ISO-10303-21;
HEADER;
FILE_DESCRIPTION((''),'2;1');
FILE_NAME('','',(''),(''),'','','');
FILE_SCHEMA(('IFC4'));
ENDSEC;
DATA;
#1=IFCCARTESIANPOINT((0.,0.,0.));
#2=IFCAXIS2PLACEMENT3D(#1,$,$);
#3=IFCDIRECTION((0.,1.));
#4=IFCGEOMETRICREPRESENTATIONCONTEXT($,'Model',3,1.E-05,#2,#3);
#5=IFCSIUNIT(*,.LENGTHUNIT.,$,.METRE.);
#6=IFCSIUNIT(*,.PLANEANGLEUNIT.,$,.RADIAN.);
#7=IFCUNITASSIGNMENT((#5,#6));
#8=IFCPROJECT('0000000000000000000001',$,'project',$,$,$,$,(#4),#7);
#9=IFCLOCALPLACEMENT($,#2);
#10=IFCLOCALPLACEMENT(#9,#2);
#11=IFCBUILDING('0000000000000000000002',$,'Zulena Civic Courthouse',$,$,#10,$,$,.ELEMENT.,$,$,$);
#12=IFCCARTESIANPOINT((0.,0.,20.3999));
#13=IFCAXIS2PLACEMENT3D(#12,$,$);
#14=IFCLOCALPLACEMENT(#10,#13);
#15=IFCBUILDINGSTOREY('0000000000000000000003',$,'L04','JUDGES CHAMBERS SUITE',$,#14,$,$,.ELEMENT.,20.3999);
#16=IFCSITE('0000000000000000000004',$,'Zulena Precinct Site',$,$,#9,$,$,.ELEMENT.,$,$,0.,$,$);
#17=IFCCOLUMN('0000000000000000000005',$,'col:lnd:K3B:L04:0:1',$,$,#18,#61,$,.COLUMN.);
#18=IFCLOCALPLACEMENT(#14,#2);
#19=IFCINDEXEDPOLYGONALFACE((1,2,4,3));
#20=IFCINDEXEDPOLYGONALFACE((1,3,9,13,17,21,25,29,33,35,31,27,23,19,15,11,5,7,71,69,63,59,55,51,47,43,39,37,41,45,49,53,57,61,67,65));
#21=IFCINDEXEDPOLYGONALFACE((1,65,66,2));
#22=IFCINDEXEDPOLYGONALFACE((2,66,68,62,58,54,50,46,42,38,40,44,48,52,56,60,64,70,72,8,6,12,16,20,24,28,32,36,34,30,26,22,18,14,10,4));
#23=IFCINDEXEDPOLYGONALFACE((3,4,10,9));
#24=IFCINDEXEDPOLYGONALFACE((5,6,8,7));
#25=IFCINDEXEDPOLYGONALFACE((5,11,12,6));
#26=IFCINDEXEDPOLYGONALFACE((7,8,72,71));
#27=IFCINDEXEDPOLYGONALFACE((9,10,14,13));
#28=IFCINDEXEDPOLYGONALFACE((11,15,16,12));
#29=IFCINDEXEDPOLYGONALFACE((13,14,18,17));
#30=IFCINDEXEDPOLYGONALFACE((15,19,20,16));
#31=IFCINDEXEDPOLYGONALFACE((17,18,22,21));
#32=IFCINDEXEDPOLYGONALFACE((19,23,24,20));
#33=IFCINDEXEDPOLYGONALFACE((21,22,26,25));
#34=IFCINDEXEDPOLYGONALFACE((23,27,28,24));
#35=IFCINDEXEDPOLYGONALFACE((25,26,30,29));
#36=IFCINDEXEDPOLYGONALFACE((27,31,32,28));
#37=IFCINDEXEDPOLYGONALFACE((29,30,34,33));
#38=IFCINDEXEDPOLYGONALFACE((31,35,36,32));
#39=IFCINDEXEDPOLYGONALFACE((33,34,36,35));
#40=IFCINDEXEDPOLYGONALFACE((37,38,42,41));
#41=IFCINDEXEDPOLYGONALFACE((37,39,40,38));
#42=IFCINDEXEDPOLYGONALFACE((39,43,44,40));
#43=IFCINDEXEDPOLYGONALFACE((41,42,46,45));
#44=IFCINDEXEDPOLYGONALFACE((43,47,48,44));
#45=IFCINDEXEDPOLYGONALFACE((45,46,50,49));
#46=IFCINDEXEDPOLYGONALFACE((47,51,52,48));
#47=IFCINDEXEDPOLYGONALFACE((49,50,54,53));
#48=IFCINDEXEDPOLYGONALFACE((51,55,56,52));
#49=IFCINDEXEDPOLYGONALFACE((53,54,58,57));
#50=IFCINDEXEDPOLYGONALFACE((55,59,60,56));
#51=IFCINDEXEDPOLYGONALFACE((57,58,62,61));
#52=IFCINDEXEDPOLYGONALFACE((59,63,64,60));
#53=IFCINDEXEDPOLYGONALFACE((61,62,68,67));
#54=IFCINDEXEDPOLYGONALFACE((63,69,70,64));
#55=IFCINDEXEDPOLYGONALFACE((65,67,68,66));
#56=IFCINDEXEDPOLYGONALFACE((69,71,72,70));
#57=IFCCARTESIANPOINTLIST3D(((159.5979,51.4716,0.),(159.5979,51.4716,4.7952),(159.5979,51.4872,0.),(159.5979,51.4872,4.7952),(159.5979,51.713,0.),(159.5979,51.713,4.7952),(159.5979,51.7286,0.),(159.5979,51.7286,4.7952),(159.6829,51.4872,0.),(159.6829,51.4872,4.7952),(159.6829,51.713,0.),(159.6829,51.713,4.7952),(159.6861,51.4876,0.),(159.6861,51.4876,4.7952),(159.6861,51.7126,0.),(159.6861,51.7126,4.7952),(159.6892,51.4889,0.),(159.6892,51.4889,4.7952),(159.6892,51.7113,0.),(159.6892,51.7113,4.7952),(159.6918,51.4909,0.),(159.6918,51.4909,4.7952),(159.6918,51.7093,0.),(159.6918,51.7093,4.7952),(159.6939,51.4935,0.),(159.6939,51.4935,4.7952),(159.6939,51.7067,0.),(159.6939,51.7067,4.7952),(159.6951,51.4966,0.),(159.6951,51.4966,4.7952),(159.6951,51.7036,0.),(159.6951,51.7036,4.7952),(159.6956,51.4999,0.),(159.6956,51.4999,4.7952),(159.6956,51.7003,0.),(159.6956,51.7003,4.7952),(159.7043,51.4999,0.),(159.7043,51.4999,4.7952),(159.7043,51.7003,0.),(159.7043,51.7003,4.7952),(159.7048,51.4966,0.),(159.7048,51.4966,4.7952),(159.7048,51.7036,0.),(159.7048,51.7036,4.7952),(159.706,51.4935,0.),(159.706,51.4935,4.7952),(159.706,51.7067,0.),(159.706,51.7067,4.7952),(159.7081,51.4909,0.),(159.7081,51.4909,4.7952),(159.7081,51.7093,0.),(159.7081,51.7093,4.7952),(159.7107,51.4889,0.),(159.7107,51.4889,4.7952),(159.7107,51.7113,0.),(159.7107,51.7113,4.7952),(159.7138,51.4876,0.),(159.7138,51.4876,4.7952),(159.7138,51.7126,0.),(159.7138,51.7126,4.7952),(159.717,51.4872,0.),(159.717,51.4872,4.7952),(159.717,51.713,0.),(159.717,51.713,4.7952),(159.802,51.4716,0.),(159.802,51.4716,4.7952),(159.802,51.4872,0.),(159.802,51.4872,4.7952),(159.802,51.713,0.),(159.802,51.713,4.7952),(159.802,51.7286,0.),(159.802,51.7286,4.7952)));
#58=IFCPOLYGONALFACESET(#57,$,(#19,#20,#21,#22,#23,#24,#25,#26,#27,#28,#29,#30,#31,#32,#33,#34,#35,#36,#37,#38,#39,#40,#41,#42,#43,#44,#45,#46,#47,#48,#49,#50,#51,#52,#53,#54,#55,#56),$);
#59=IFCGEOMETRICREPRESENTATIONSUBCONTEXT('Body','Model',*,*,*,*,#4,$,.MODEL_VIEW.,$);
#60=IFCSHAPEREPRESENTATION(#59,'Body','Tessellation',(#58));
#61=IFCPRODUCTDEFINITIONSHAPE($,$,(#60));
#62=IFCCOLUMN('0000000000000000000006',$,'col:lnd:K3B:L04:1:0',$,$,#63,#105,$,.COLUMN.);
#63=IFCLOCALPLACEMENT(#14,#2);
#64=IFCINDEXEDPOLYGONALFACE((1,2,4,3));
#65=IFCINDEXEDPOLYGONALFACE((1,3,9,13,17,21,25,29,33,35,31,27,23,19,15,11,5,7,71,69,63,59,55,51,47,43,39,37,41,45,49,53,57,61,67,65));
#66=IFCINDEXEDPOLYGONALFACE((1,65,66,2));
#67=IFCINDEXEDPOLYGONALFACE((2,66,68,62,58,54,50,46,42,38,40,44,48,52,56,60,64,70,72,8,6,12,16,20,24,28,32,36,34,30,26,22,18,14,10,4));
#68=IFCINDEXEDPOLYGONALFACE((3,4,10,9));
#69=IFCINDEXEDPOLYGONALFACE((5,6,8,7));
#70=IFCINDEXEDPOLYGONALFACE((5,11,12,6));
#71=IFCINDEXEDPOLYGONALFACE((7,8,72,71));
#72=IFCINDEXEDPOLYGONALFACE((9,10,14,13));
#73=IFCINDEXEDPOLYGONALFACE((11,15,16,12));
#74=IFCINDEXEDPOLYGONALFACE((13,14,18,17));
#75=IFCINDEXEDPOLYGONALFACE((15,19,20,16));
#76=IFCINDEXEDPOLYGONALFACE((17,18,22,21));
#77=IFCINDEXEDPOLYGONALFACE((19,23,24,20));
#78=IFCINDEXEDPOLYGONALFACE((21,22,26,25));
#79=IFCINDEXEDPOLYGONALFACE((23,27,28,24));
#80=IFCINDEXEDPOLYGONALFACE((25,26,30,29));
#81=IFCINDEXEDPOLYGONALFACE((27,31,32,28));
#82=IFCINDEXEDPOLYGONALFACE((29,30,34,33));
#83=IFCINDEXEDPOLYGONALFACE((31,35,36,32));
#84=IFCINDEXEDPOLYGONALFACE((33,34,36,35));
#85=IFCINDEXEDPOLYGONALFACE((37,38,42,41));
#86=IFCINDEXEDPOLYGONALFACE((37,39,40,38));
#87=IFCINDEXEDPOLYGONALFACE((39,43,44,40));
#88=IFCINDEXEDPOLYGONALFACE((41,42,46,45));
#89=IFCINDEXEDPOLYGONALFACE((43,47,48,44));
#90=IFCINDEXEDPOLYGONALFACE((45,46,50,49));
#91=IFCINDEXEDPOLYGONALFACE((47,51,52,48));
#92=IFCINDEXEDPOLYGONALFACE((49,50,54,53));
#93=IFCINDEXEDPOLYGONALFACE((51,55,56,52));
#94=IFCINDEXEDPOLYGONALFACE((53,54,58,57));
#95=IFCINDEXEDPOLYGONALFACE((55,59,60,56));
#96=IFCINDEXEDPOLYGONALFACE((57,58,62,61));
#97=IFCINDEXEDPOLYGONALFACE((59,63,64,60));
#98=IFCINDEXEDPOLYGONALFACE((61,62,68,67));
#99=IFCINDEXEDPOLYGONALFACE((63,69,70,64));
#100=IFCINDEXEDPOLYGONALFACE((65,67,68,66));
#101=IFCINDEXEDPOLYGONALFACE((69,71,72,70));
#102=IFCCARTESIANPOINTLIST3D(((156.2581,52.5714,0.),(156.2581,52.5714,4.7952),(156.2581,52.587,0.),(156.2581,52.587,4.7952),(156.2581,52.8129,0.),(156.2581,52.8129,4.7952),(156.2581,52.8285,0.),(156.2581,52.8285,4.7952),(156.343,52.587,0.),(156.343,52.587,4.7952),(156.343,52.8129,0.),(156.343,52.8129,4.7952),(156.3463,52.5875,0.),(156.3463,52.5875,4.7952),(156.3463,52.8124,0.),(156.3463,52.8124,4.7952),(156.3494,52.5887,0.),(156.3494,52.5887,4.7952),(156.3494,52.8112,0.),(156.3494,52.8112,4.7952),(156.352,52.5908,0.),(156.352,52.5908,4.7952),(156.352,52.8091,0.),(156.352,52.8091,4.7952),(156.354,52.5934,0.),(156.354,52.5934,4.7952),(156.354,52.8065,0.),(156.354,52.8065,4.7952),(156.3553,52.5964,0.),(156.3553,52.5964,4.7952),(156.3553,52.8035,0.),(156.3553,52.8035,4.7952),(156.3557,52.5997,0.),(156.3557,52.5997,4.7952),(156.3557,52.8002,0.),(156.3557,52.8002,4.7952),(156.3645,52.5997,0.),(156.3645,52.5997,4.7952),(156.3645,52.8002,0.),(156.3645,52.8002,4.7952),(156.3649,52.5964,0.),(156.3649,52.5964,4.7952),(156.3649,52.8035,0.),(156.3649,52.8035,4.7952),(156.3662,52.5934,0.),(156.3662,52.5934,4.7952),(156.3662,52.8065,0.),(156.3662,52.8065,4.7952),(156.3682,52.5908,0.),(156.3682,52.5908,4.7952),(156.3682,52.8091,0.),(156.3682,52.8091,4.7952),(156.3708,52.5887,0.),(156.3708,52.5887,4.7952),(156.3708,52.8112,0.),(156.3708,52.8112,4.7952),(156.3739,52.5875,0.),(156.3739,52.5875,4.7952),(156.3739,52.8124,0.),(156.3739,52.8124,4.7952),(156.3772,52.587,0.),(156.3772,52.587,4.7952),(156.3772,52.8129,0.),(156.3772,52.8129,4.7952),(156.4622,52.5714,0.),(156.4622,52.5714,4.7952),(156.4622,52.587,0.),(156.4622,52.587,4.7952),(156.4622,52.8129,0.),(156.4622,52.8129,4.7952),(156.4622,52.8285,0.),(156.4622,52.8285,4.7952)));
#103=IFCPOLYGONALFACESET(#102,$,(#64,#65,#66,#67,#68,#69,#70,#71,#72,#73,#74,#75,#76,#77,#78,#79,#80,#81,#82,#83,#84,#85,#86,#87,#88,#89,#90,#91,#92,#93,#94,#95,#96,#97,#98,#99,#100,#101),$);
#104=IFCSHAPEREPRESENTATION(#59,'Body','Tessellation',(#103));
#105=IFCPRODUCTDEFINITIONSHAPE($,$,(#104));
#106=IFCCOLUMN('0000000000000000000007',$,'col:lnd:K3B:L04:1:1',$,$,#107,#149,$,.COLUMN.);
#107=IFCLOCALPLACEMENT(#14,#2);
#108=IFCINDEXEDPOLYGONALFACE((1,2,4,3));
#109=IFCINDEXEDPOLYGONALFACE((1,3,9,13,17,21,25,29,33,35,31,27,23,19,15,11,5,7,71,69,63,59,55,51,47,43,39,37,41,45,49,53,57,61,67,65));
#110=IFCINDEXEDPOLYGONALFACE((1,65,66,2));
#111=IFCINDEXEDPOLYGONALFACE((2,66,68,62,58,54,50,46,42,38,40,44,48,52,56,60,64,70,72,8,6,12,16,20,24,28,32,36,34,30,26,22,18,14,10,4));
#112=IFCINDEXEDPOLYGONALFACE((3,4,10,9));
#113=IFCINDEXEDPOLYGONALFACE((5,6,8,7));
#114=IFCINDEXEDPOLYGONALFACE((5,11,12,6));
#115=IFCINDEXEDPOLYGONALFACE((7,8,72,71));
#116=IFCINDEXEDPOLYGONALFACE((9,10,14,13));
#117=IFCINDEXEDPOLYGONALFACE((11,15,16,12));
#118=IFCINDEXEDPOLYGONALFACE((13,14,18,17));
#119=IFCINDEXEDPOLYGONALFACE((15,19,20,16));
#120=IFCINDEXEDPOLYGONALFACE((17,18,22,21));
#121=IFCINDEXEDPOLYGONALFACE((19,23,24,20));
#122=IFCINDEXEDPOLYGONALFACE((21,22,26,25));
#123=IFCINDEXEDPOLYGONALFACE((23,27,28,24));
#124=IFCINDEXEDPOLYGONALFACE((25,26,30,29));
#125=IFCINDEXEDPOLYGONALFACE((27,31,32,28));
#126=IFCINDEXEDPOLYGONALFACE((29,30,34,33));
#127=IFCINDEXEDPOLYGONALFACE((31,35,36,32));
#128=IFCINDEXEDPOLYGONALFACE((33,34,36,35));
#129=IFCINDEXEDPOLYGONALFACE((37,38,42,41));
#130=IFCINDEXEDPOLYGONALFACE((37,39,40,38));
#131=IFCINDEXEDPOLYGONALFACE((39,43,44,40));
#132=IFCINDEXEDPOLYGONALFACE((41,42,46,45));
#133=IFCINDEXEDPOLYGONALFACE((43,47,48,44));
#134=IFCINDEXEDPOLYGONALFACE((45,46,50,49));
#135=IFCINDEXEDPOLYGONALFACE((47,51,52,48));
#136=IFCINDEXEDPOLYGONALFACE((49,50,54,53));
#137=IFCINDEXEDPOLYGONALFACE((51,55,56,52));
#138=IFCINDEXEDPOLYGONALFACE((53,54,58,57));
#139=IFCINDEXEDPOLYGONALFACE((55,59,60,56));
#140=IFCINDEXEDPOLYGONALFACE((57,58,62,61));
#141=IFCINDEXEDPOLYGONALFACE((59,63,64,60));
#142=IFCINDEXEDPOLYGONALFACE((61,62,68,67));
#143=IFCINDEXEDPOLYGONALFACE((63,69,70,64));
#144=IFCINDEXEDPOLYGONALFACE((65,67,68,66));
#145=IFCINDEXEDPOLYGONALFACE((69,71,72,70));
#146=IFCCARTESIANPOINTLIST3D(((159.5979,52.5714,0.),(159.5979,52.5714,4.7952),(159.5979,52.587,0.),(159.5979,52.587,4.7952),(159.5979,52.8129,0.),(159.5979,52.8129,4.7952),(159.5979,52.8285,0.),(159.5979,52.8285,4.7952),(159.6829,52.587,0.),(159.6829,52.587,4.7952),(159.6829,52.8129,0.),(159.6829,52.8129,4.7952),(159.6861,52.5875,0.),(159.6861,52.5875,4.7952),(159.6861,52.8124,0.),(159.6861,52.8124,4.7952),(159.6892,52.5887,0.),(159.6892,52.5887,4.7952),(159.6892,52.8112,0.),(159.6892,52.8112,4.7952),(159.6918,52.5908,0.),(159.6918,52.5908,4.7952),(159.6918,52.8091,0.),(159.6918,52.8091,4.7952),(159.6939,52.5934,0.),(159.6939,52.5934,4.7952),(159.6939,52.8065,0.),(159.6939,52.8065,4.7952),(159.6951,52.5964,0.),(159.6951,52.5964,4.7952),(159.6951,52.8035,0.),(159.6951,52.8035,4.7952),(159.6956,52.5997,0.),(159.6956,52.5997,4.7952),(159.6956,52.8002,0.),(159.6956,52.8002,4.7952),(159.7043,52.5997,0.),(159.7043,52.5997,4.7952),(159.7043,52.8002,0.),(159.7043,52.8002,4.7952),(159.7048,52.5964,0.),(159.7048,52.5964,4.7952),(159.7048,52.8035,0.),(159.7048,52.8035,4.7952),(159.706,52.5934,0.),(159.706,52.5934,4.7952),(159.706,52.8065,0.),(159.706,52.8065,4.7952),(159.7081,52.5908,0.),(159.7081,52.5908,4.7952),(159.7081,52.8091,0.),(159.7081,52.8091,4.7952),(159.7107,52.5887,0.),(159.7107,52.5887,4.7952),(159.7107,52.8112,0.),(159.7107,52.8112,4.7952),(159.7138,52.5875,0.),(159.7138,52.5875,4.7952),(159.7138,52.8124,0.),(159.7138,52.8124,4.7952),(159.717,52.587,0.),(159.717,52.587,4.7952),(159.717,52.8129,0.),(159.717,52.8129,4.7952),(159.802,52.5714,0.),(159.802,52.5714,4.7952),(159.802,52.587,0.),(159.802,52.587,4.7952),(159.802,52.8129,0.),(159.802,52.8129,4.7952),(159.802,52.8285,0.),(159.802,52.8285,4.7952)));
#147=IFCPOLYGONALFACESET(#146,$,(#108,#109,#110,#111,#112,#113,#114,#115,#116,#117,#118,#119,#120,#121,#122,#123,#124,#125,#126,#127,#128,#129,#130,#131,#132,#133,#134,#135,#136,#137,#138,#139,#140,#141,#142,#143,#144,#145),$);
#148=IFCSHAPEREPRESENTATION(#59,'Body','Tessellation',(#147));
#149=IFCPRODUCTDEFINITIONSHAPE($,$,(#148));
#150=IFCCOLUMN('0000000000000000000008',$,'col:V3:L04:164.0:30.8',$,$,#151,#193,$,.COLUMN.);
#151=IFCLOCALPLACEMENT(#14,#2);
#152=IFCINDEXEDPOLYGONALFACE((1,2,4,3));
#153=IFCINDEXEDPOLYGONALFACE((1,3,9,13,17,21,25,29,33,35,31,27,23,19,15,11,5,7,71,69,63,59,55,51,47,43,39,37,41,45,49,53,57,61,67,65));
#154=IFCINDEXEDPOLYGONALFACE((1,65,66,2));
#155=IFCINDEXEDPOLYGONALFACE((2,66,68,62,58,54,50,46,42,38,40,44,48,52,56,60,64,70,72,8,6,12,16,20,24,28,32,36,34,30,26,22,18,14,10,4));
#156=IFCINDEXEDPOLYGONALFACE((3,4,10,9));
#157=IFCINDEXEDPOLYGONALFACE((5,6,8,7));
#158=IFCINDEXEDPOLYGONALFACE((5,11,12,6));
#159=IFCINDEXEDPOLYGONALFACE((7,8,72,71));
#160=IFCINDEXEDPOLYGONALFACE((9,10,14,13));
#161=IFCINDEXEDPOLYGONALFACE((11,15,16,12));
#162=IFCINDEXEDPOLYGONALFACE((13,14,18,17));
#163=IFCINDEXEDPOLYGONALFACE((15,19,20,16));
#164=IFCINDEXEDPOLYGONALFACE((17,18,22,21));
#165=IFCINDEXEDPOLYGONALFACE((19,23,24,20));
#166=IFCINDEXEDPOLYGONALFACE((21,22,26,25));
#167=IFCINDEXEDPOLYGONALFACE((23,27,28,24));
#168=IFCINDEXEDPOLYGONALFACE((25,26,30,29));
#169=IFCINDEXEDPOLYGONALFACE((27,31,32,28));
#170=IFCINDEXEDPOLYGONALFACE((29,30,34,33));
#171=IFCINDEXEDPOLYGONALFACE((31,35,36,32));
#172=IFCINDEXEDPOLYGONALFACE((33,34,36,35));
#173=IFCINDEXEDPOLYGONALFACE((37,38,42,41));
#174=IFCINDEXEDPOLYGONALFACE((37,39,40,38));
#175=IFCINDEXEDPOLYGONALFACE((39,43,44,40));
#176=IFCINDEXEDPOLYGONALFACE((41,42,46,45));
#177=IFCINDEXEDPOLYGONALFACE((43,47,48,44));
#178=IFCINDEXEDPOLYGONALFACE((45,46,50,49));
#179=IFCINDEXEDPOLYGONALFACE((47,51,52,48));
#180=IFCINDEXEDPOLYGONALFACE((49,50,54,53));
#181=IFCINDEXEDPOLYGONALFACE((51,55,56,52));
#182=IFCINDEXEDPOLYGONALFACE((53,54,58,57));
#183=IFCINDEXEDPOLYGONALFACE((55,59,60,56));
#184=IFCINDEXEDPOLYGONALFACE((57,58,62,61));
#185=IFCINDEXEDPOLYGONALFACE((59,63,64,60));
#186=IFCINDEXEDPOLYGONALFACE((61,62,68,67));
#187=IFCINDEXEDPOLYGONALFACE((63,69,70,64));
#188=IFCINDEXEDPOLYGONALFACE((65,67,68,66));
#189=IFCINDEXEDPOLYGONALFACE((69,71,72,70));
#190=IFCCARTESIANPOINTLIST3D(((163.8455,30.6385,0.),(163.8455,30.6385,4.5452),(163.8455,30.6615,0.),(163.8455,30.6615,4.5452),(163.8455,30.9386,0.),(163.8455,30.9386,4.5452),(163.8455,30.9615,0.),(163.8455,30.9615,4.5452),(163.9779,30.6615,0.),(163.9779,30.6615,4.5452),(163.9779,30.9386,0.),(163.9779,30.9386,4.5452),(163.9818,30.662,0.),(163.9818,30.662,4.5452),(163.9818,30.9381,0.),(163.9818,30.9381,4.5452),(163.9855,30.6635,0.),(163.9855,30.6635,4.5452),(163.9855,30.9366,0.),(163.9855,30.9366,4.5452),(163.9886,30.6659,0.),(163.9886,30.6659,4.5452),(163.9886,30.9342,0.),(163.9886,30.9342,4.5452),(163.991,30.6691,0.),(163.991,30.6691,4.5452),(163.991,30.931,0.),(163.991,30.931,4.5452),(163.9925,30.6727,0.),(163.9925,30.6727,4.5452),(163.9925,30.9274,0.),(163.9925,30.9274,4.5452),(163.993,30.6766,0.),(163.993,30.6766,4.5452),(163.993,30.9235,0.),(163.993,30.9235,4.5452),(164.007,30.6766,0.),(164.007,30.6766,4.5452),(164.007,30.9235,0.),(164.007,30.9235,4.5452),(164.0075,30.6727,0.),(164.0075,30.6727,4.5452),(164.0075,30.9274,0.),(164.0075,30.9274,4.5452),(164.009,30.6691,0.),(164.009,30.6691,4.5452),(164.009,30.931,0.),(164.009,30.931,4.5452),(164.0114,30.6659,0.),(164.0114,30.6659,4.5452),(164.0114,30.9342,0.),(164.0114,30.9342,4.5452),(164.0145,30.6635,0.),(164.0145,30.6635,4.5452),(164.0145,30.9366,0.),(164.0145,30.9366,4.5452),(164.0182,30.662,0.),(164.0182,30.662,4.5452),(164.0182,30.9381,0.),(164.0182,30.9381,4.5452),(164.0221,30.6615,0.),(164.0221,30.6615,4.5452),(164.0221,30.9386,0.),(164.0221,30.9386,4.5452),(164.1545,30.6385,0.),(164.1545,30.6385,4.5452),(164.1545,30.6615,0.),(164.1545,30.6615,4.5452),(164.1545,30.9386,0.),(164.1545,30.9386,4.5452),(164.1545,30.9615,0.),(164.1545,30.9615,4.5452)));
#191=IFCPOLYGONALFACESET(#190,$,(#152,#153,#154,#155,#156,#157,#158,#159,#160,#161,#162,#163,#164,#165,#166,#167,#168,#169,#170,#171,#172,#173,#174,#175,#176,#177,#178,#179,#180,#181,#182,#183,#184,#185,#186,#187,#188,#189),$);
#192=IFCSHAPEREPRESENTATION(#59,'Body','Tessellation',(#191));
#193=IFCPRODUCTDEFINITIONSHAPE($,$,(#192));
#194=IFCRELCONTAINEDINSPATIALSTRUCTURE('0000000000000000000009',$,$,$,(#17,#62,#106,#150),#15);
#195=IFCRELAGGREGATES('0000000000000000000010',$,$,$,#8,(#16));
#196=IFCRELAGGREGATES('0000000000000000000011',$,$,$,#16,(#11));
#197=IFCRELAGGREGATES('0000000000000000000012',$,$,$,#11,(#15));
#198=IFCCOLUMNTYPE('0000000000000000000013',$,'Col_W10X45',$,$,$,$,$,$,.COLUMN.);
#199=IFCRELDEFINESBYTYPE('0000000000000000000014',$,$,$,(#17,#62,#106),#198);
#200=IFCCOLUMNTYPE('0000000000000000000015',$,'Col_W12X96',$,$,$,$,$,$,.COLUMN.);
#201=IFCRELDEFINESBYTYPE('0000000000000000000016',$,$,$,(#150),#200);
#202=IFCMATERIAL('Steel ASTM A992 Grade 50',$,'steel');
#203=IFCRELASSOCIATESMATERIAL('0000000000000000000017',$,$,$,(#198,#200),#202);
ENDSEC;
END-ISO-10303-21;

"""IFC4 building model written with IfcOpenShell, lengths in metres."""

from ifc_helpers import new_model, si_unit, direction, frame, origin, origin_2d, place, context, subcontext, project, spatial, i_section, extrude, material, material_profile, profile_set, type_object, element, save


model = new_model("IFC4")

# Units and contexts
model_context = context("Model", 3, precision=1e-05, world=origin(), true_north=direction((0.0, 1.0)))
body_context = subcontext(model_context, "Body", "Model", "MODEL_VIEW")
ifc_project = project(units=[si_unit("LENGTHUNIT", "METRE"), si_unit("PLANEANGLEUNIT", "RADIAN")], contexts=[model_context])

# Site, building, storey
site_placement = place(None, origin())
site = spatial("IfcSite", under=ifc_project, at=site_placement, Name="Zulena Precinct Site", CompositionType="ELEMENT", RefElevation=0.0)
building_placement = place(site_placement, origin())
building = spatial("IfcBuilding", under=site, at=building_placement, Name="Zulena Civic Courthouse", CompositionType="ELEMENT")
storey_placement = place(building_placement, frame((0.0, 0.0, 20.3999)))
storey = spatial("IfcBuildingStorey", under=building, at=storey_placement, Name="L04", Description="JUDGES CHAMBERS SUITE", CompositionType="ELEMENT", Elevation=20.3999)

# Columns
ifc_material_1 = material(Name="Steel ASTM A992 Grade 50", Category="steel")
ifc_material_profile_1 = material_profile(ifc_material_1, i_section(OverallWidth=0.2041, OverallDepth=0.2571, WebThickness=0.0088, FlangeThickness=0.0156, FilletRadius=0.0127, at=origin_2d()), Name="W10X45")
ifc_profile_set_1 = profile_set([ifc_material_profile_1], Name="Steel ASTM A992 Grade 50")
column_type_1 = type_object("IfcColumnType", Name="Col_W10X45", PredefinedType="COLUMN", material=ifc_profile_set_1)
for number, where, z_axis, x_axis, name in (
    (1, (159.7, 51.6001, 0.0), (0.0, 0.0, 1.0), (1.0, 0.0, 0.0), "col:lnd:K3B:L04:0:1"),
    (2, (156.3601, 52.7, 0.0), (0.0, 0.0, 1.0), (1.0, 0.0, 0.0), "col:lnd:K3B:L04:1:0"),
    (3, (159.7, 52.7, 0.0), (0.0, 0.0, 1.0), (1.0, 0.0, 0.0), "col:lnd:K3B:L04:1:1"),
):
    element("IfcColumn", number, at=place(storey_placement, frame(where, z_axis=z_axis, x_axis=x_axis)), inside=storey, type_object=column_type_1, Name=name, PredefinedType="COLUMN", context=body_context, shape_type="SweptSolid", body=[
        extrude(i_section(OverallWidth=0.2041, OverallDepth=0.2571, WebThickness=0.0088, FlangeThickness=0.0156, FilletRadius=0.0127, at=origin_2d()), origin(), (0.0, 0.0, 1.0), 4.7952),
    ])
ifc_material_profile_2 = material_profile(ifc_material_1, i_section(OverallWidth=0.3091, OverallDepth=0.323, WebThickness=0.0139, FlangeThickness=0.0229, FilletRadius=0.0151, at=origin_2d()), Name="W12X96")
ifc_profile_set_2 = profile_set([ifc_material_profile_2], Name="Steel ASTM A992 Grade 50")
column_type_2 = type_object("IfcColumnType", Name="Col_W12X96", PredefinedType="COLUMN", material=ifc_profile_set_2)
for number, where, z_axis, x_axis, name in (
    (4, (164.0, 30.8, 0.0), (0.0, 0.0, 1.0), (1.0, 0.0, 0.0), "col:V3:L04:164.0:30.8"),
):
    element("IfcColumn", number, at=place(storey_placement, frame(where, z_axis=z_axis, x_axis=x_axis)), inside=storey, type_object=column_type_2, Name=name, PredefinedType="COLUMN", context=body_context, shape_type="SweptSolid", body=[
        extrude(i_section(OverallWidth=0.3091, OverallDepth=0.323, WebThickness=0.0139, FlangeThickness=0.0229, FilletRadius=0.0151, at=origin_2d()), origin(), (0.0, 0.0, 1.0), 4.5452),
    ])

save(model, "model.ifc")
